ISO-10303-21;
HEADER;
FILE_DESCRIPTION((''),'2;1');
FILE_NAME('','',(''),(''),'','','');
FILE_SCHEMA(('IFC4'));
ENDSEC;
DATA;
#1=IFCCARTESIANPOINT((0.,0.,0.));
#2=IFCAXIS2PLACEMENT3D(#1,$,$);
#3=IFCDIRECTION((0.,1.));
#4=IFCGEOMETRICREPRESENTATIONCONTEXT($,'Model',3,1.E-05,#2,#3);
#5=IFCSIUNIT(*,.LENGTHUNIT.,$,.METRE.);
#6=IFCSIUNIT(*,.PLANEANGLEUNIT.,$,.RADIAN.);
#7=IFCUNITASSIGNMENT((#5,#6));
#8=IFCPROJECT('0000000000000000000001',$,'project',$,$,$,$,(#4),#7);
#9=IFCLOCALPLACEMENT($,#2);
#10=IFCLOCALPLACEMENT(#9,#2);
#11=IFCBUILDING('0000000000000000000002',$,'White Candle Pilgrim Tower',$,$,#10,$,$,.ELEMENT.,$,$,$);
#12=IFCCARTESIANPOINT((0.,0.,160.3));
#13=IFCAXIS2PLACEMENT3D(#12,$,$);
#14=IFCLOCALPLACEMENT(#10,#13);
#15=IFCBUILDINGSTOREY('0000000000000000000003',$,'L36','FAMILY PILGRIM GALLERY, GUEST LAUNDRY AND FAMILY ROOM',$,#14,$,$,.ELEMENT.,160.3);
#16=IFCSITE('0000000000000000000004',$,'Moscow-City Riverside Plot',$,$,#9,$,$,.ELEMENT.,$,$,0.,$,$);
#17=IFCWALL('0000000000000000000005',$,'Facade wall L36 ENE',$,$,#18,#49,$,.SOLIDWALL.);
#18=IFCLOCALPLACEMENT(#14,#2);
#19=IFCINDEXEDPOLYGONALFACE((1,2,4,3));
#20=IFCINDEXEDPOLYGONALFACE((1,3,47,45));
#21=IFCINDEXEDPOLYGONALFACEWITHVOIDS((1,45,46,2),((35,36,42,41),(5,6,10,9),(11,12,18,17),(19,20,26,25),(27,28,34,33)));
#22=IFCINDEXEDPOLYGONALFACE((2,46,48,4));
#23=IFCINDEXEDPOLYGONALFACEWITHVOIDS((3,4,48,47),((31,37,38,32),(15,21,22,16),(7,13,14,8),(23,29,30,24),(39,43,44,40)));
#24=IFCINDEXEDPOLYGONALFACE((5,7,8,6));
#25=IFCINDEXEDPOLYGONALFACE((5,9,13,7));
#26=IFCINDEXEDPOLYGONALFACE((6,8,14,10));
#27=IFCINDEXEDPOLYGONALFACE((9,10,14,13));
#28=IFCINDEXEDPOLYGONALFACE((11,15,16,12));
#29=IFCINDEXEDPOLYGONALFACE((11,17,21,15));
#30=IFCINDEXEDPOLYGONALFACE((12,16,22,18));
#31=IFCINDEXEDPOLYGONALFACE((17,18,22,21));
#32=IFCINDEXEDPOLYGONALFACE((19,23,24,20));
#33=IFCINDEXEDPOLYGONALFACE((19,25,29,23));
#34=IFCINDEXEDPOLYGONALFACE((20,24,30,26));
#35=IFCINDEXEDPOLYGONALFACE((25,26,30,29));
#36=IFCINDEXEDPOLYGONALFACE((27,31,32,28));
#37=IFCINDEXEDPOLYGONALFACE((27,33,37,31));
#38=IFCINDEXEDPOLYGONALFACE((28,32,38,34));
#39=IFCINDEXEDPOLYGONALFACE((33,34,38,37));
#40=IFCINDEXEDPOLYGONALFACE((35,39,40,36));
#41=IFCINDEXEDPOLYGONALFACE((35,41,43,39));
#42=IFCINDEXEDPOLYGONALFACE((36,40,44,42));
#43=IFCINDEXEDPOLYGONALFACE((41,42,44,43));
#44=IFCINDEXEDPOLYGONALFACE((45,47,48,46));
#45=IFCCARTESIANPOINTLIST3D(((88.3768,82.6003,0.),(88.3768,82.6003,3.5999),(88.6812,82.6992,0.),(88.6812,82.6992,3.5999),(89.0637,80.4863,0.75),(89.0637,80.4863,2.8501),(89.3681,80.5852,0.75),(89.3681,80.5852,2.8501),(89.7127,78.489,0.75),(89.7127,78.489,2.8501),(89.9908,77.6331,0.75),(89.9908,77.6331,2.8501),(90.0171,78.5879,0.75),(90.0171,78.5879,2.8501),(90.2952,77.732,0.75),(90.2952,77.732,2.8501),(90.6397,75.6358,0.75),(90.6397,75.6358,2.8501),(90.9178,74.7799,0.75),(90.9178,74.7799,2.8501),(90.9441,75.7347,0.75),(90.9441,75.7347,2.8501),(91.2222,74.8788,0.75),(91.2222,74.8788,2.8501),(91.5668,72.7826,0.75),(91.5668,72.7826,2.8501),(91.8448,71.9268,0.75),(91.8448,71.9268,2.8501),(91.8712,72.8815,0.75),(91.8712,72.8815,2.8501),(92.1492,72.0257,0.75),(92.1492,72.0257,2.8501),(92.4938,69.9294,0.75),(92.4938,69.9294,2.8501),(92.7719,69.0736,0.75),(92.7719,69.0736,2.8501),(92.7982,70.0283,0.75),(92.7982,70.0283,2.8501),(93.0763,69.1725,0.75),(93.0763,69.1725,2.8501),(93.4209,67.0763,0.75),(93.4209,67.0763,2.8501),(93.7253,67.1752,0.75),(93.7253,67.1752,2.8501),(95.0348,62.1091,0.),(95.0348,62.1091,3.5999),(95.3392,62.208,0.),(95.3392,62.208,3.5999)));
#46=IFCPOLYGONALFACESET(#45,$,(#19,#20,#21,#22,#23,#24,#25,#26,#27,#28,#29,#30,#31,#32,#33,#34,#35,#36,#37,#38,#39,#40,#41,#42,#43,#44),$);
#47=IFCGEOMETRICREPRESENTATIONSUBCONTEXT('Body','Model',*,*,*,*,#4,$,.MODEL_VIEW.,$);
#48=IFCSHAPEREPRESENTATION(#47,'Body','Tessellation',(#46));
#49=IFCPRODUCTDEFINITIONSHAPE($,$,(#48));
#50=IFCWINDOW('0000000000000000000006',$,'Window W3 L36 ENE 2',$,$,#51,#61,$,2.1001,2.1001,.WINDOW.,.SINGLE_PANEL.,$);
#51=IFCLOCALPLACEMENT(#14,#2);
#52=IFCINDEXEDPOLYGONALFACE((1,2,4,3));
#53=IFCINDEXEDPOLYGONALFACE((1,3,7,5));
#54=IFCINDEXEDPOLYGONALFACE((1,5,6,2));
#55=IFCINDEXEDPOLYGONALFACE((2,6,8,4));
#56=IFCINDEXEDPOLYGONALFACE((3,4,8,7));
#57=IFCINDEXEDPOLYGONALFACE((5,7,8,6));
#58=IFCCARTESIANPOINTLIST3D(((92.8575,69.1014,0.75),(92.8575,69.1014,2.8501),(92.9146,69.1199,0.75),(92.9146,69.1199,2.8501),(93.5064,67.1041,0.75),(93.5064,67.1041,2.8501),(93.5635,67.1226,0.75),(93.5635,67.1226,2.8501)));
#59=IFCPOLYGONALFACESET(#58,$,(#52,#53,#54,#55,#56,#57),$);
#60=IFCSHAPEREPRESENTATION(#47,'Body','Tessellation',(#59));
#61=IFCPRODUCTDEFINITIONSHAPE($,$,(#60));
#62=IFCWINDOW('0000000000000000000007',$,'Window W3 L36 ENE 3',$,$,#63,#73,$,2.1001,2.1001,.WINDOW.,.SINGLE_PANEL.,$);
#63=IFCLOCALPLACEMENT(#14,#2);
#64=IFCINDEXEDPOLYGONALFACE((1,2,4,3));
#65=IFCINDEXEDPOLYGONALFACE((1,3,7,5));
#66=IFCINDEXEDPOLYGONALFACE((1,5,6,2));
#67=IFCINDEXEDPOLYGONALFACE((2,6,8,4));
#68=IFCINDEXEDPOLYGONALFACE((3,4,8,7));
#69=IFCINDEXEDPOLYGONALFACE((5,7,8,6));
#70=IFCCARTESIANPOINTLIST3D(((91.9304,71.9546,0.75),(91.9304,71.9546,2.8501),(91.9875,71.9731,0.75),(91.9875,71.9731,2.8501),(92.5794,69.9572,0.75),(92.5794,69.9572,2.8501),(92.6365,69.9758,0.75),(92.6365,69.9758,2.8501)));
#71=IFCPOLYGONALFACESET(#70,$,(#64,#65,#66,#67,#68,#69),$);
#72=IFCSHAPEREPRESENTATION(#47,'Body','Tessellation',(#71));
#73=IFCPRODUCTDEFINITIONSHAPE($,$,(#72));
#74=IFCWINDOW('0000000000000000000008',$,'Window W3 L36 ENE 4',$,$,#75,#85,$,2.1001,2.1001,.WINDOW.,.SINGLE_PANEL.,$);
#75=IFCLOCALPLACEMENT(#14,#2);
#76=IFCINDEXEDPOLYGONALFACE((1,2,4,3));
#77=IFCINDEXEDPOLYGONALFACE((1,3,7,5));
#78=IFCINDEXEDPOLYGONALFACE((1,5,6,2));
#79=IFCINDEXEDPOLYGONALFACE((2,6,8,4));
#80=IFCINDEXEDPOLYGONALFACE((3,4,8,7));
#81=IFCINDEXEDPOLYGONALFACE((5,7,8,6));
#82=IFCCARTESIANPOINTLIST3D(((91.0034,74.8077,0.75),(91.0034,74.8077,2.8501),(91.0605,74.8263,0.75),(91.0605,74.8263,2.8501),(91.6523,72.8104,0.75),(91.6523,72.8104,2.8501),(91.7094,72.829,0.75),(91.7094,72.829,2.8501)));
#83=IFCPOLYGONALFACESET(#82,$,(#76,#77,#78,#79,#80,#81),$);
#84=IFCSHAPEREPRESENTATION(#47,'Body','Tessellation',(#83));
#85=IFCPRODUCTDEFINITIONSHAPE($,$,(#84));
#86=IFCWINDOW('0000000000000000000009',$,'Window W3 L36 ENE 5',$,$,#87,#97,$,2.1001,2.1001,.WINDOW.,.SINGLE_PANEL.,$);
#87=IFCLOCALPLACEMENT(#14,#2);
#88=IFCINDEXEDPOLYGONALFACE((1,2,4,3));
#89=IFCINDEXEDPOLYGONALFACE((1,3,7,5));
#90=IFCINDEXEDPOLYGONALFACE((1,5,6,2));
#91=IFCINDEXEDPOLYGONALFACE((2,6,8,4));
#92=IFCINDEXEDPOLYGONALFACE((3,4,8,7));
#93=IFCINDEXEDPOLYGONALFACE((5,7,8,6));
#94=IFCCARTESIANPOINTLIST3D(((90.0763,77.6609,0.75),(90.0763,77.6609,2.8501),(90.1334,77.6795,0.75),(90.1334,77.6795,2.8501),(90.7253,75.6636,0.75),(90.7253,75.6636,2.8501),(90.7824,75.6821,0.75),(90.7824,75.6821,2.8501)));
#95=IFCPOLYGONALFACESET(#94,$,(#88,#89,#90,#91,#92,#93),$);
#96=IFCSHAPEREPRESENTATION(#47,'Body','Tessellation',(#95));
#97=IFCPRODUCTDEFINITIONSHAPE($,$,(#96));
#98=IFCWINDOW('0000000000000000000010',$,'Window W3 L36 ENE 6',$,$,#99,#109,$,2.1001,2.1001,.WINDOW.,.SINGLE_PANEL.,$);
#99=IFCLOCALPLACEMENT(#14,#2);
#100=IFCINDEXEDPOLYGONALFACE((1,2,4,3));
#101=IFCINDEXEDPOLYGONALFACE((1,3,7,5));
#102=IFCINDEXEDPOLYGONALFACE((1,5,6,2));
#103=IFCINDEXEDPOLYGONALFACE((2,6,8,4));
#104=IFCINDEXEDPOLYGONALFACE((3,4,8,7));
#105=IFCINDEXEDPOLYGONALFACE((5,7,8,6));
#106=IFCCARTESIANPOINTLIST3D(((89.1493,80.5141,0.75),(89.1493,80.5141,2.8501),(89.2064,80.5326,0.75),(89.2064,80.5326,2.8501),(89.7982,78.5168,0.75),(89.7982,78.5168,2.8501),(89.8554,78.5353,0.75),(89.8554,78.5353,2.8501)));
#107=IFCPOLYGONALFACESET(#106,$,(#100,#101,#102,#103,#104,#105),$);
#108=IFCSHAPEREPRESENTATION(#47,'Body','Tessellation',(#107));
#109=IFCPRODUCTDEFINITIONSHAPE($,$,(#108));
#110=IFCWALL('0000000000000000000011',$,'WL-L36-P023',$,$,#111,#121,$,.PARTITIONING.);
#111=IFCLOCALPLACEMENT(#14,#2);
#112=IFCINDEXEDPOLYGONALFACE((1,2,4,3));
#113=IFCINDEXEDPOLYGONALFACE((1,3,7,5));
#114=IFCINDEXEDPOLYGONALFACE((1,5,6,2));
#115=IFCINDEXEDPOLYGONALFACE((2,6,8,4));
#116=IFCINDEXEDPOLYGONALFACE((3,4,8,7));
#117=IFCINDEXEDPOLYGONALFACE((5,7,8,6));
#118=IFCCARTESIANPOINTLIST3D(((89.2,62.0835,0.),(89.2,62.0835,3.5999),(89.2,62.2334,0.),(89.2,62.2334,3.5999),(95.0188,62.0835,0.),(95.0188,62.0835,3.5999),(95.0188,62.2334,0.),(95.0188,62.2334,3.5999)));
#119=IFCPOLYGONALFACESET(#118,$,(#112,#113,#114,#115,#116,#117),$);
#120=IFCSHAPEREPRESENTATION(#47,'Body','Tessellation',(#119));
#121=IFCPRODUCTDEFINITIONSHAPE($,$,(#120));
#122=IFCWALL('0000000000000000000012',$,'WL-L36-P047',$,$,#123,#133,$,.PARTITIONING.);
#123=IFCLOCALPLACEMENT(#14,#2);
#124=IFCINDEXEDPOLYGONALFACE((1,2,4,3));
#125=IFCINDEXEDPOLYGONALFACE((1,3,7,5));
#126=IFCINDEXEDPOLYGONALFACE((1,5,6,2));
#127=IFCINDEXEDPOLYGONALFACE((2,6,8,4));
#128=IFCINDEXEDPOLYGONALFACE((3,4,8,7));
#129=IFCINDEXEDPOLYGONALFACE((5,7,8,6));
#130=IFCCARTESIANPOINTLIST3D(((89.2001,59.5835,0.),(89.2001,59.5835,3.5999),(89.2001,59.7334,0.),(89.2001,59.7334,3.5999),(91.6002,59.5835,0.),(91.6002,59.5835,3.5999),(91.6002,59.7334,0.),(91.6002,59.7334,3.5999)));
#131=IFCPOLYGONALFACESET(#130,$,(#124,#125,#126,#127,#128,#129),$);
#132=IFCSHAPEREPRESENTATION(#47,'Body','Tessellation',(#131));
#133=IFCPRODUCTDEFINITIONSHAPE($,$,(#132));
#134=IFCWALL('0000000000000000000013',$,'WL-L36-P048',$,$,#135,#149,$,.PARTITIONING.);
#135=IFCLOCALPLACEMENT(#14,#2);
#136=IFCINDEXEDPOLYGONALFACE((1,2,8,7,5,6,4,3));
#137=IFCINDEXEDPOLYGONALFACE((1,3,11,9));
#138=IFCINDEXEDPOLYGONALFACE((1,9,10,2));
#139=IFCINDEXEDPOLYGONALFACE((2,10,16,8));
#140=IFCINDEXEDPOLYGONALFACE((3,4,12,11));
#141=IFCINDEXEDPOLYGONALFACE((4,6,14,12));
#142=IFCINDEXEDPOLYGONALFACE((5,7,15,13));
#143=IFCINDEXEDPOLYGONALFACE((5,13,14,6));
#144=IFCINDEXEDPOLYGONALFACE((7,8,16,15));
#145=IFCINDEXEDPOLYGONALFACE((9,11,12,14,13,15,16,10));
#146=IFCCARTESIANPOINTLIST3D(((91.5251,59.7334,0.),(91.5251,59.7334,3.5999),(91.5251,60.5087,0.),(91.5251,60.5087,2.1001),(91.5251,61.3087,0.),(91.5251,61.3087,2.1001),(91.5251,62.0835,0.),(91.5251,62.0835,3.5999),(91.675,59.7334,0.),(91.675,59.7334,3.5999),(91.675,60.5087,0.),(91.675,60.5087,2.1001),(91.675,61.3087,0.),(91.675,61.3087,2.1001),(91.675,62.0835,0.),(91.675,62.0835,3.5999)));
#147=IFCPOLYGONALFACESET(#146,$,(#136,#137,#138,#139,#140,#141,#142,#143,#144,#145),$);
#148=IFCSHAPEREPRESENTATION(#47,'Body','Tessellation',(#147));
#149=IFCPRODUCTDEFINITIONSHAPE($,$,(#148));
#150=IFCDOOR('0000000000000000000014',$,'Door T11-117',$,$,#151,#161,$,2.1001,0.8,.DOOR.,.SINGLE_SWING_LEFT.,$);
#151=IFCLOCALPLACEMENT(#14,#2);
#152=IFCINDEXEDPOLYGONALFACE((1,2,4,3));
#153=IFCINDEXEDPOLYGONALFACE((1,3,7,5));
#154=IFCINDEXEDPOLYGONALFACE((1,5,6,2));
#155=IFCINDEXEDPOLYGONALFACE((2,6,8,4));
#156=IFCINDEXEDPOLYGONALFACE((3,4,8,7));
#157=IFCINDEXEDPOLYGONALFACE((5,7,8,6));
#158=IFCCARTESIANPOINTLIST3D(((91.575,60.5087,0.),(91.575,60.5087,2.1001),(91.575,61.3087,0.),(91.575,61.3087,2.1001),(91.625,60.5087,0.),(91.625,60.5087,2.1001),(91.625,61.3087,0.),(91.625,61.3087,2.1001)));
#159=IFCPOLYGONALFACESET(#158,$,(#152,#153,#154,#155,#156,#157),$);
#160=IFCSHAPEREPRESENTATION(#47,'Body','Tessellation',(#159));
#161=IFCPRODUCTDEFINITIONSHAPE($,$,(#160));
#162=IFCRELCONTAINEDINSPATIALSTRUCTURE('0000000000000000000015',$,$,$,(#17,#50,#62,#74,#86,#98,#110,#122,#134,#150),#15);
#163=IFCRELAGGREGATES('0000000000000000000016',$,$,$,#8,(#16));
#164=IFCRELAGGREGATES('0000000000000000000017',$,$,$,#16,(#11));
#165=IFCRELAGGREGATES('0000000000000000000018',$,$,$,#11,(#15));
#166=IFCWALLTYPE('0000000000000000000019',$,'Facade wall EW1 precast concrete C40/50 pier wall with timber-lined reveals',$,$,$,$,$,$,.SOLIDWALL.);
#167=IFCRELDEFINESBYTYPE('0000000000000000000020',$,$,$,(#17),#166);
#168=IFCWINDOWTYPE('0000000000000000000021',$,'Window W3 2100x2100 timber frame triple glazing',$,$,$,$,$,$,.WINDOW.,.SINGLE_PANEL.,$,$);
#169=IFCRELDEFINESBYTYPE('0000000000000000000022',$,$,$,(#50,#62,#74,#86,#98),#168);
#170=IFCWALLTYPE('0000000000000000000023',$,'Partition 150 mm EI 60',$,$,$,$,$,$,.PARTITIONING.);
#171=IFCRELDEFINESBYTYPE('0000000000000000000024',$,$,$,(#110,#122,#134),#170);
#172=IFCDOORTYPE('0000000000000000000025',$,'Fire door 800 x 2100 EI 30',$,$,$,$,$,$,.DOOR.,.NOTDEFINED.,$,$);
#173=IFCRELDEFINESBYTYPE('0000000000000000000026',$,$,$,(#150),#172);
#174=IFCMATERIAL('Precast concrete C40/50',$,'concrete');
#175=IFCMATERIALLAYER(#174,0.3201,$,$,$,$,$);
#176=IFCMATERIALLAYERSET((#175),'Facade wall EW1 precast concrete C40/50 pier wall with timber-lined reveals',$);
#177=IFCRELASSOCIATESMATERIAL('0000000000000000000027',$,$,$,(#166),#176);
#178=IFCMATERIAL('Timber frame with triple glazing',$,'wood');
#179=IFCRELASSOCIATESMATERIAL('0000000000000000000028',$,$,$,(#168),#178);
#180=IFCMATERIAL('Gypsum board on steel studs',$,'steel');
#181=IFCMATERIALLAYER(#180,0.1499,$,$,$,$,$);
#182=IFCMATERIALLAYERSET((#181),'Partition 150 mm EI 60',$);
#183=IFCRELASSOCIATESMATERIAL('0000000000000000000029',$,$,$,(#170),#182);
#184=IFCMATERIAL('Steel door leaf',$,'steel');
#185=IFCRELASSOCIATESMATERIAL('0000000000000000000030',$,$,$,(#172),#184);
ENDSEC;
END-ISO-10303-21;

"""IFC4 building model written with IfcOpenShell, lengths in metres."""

from ifc_helpers import new_model, si_unit, direction, frame, frame_2d, origin, place, context, subcontext, project, spatial, rectangle, extrude, material, layer, layer_set, type_object, element, fill, save


model = new_model("IFC4")

# Units and contexts
model_context = context("Model", 3, precision=1e-05, world=origin(), true_north=direction((0.0, 1.0)))
body_context = subcontext(model_context, "Body", "Model", "MODEL_VIEW")
ifc_project = project(units=[si_unit("LENGTHUNIT", "METRE"), si_unit("PLANEANGLEUNIT", "RADIAN")], contexts=[model_context])

# Site, building, storey
site_placement = place(None, origin())
site = spatial("IfcSite", under=ifc_project, at=site_placement, Name="Moscow-City Riverside Plot", CompositionType="ELEMENT", RefElevation=0.0)
building_placement = place(site_placement, origin())
building = spatial("IfcBuilding", under=site, at=building_placement, Name="White Candle Pilgrim Tower", CompositionType="ELEMENT")
storey_placement = place(building_placement, frame((0.0, 0.0, 160.3)))
storey = spatial("IfcBuildingStorey", under=building, at=storey_placement, Name="L36", Description="FAMILY PILGRIM GALLERY, GUEST LAUNDRY AND FAMILY ROOM", CompositionType="ELEMENT", Elevation=160.3)

# Shared definitions
ifc_material_1 = material(Name="Gypsum board on steel studs", Category="steel")
ifc_material_2 = material(Name="Steel door leaf", Category="steel")

# Wall, openings, windows
ifc_material_3 = material(Name="Precast concrete C40/50", Category="concrete")
ifc_layer_1 = layer(ifc_material_3, 0.3201)
ifc_layer_set_1 = layer_set([ifc_layer_1], Name="Facade wall EW1 precast concrete C40/50 pier wall with timber-lined reveals")
wall_type_1 = type_object("IfcWallType", Name="Facade wall EW1 precast concrete C40/50 pier wall with timber-lined reveals", PredefinedType="SOLIDWALL", material=ifc_layer_set_1)
wall_1_placement = place(storey_placement, frame((95.187, 62.1584, 0.0), z_axis=(0.0, 0.0, 1.0), x_axis=(-0.309015, 0.951057, 0.0)))
wall_1 = element("IfcWall", 1, at=wall_1_placement, inside=storey, type_object=wall_type_1, Name="Facade wall L36 ENE", PredefinedType="SOLIDWALL", context=body_context, shape_type="SweptSolid", body=[
    extrude(rectangle(XDim=21.5457, YDim=0.3201, at=frame_2d((10.7729, 0.0))), origin(), (0.0, 0.0, 1.0), 3.5999),
])
opening_1_placement = place(wall_1_placement, frame((5.2229, 0.0, 0.75)))
opening_1 = element("IfcOpeningElement", 2, at=opening_1_placement, cuts=wall_1, PredefinedType="OPENING", context=body_context, shape_type="SweptSolid", body=[
    extrude(rectangle(XDim=2.1001, YDim=2.1001, at=frame_2d((1.05, 1.05))), frame((0.0, 0.1699, 0.0), z_axis=(0.0, -1.0, 0.0), x_axis=(1.0, 0.0, 0.0)), (0.0, 0.0, 1.0), 0.3401),
])
opening_2_placement = place(wall_1_placement, frame((8.2229, 0.0, 0.75)))
opening_2 = element("IfcOpeningElement", 3, at=opening_2_placement, cuts=wall_1, PredefinedType="OPENING", context=body_context, shape_type="SweptSolid", body=[
    extrude(rectangle(XDim=2.1001, YDim=2.1001, at=frame_2d((1.05, 1.05))), frame((0.0, 0.1699, 0.0), z_axis=(0.0, -1.0, 0.0), x_axis=(1.0, 0.0, 0.0)), (0.0, 0.0, 1.0), 0.3401),
])
opening_3_placement = place(wall_1_placement, frame((11.2229, 0.0, 0.75)))
opening_3 = element("IfcOpeningElement", 4, at=opening_3_placement, cuts=wall_1, PredefinedType="OPENING", context=body_context, shape_type="SweptSolid", body=[
    extrude(rectangle(XDim=2.1001, YDim=2.1001, at=frame_2d((1.05, 1.05))), frame((0.0, 0.1699, 0.0), z_axis=(0.0, -1.0, 0.0), x_axis=(1.0, 0.0, 0.0)), (0.0, 0.0, 1.0), 0.3401),
])
opening_4_placement = place(wall_1_placement, frame((14.2229, 0.0, 0.75)))
opening_4 = element("IfcOpeningElement", 5, at=opening_4_placement, cuts=wall_1, PredefinedType="OPENING", context=body_context, shape_type="SweptSolid", body=[
    extrude(rectangle(XDim=2.1001, YDim=2.1001, at=frame_2d((1.05, 1.05))), frame((0.0, 0.1699, 0.0), z_axis=(0.0, -1.0, 0.0), x_axis=(1.0, 0.0, 0.0)), (0.0, 0.0, 1.0), 0.3401),
])
opening_5_placement = place(wall_1_placement, frame((17.2229, 0.0, 0.75)))
opening_5 = element("IfcOpeningElement", 6, at=opening_5_placement, cuts=wall_1, PredefinedType="OPENING", context=body_context, shape_type="SweptSolid", body=[
    extrude(rectangle(XDim=2.1001, YDim=2.1001, at=frame_2d((1.05, 1.05))), frame((0.0, 0.1699, 0.0), z_axis=(0.0, -1.0, 0.0), x_axis=(1.0, 0.0, 0.0)), (0.0, 0.0, 1.0), 0.3401),
])
ifc_material_4 = material(Name="Timber frame with triple glazing", Category="wood")
window_type = type_object("IfcWindowType", Name="Window W3 2100x2100 timber frame triple glazing", PartitioningType="SINGLE_PANEL", PredefinedType="WINDOW", material=ifc_material_4)
window_1_placement = place(opening_1_placement, origin())
window_1 = element("IfcWindow", 7, at=window_1_placement, inside=storey, type_object=window_type, Name="Window W3 L36 ENE 2", OverallHeight=2.1001, OverallWidth=2.1001, PartitioningType="SINGLE_PANEL", PredefinedType="WINDOW", context=body_context, shape_type="SweptSolid", body=[
    extrude(rectangle(XDim=2.1001, YDim=2.1001, at=frame_2d((1.05, 1.05))), frame((0.0, 0.0701, 0.0), z_axis=(0.0, -1.0, 0.0), x_axis=(1.0, 0.0, 0.0)), (0.0, 0.0, 1.0), 0.0601),
])
fill(opening_1, window_1)
window_2_placement = place(opening_2_placement, origin())
window_2 = element("IfcWindow", 8, at=window_2_placement, inside=storey, type_object=window_type, Name="Window W3 L36 ENE 3", OverallHeight=2.1001, OverallWidth=2.1001, PartitioningType="SINGLE_PANEL", PredefinedType="WINDOW", context=body_context, shape_type="SweptSolid", body=[
    extrude(rectangle(XDim=2.1001, YDim=2.1001, at=frame_2d((1.05, 1.05))), frame((0.0, 0.0701, 0.0), z_axis=(0.0, -1.0, 0.0), x_axis=(1.0, 0.0, 0.0)), (0.0, 0.0, 1.0), 0.0601),
])
fill(opening_2, window_2)
window_3_placement = place(opening_3_placement, origin())
window_3 = element("IfcWindow", 9, at=window_3_placement, inside=storey, type_object=window_type, Name="Window W3 L36 ENE 4", OverallHeight=2.1001, OverallWidth=2.1001, PartitioningType="SINGLE_PANEL", PredefinedType="WINDOW", context=body_context, shape_type="SweptSolid", body=[
    extrude(rectangle(XDim=2.1001, YDim=2.1001, at=frame_2d((1.05, 1.05))), frame((0.0, 0.0701, 0.0), z_axis=(0.0, -1.0, 0.0), x_axis=(1.0, 0.0, 0.0)), (0.0, 0.0, 1.0), 0.0601),
])
fill(opening_3, window_3)
window_4_placement = place(opening_4_placement, origin())
window_4 = element("IfcWindow", 10, at=window_4_placement, inside=storey, type_object=window_type, Name="Window W3 L36 ENE 5", OverallHeight=2.1001, OverallWidth=2.1001, PartitioningType="SINGLE_PANEL", PredefinedType="WINDOW", context=body_context, shape_type="SweptSolid", body=[
    extrude(rectangle(XDim=2.1001, YDim=2.1001, at=frame_2d((1.05, 1.05))), frame((0.0, 0.0701, 0.0), z_axis=(0.0, -1.0, 0.0), x_axis=(1.0, 0.0, 0.0)), (0.0, 0.0, 1.0), 0.0601),
])
fill(opening_4, window_4)
window_5_placement = place(opening_5_placement, origin())
window_5 = element("IfcWindow", 11, at=window_5_placement, inside=storey, type_object=window_type, Name="Window W3 L36 ENE 6", OverallHeight=2.1001, OverallWidth=2.1001, PartitioningType="SINGLE_PANEL", PredefinedType="WINDOW", context=body_context, shape_type="SweptSolid", body=[
    extrude(rectangle(XDim=2.1001, YDim=2.1001, at=frame_2d((1.05, 1.05))), frame((0.0, 0.0701, 0.0), z_axis=(0.0, -1.0, 0.0), x_axis=(1.0, 0.0, 0.0)), (0.0, 0.0, 1.0), 0.0601),
])
fill(opening_5, window_5)

# Walls
ifc_layer_2 = layer(ifc_material_1, 0.1499)
ifc_layer_set_2 = layer_set([ifc_layer_2], Name="Partition 150 mm EI 60")
wall_type_2 = type_object("IfcWallType", Name="Partition 150 mm EI 60", PredefinedType="PARTITIONING", material=ifc_layer_set_2)
wall_2_placement = place(storey_placement, frame((95.0188, 62.1584, 0.0), z_axis=(0.0, 0.0, 1.0), x_axis=(-1.0, 0.0, 0.0)))
element("IfcWall", 12, at=wall_2_placement, inside=storey, type_object=wall_type_2, Name="WL-L36-P023", PredefinedType="PARTITIONING", context=body_context, shape_type="SweptSolid", body=[
    extrude(rectangle(XDim=5.8188, YDim=0.1499, at=frame_2d((2.9094, 0.0))), origin(), (0.0, 0.0, 1.0), 3.5999),
])
wall_3_placement = place(storey_placement, frame((89.2, 59.6584, 0.0), z_axis=(0.0, 0.0, 1.0), x_axis=(1.0, 0.0, 0.0)))
element("IfcWall", 13, at=wall_3_placement, inside=storey, type_object=wall_type_2, Name="WL-L36-P047", PredefinedType="PARTITIONING", context=body_context, shape_type="SweptSolid", body=[
    extrude(rectangle(XDim=2.4001, YDim=0.1499, at=frame_2d((1.2002, 0.0))), origin(), (0.0, 0.0, 1.0), 3.5999),
])

# Wall, opening, door
wall_4_placement = place(storey_placement, frame((91.6001, 62.0835, 0.0), z_axis=(0.0, 0.0, 1.0), x_axis=(0.0, -1.0, 0.0)))
wall_4 = element("IfcWall", 14, at=wall_4_placement, inside=storey, type_object=wall_type_2, Name="WL-L36-P048", PredefinedType="PARTITIONING", context=body_context, shape_type="SweptSolid", body=[
    extrude(rectangle(XDim=2.3501, YDim=0.1499, at=frame_2d((1.175, 0.0))), origin(), (0.0, 0.0, 1.0), 3.5999),
])
opening_6_placement = place(wall_4_placement, frame((0.7749, 0.0, 0.0)))
opening_6 = element("IfcOpeningElement", 15, at=opening_6_placement, cuts=wall_4, PredefinedType="OPENING", context=body_context, shape_type="SweptSolid", body=[
    extrude(rectangle(XDim=0.8, YDim=2.1001, at=frame_2d((0.3999, 1.05))), frame((0.0, 0.085, 0.0), z_axis=(0.0, -1.0, 0.0), x_axis=(1.0, 0.0, 0.0)), (0.0, 0.0, 1.0), 0.1699),
])
door_type_1 = type_object("IfcDoorType", Name="Fire door 800 x 2100 EI 30", OperationType="NOTDEFINED", PredefinedType="DOOR", material=ifc_material_2)
door_1_placement = place(opening_6_placement, origin())
door_1 = element("IfcDoor", 16, at=door_1_placement, inside=storey, type_object=door_type_1, Name="Door T11-117", OperationType="SINGLE_SWING_LEFT", OverallHeight=2.1001, OverallWidth=0.8, PredefinedType="DOOR", context=body_context, shape_type="SweptSolid", body=[
    extrude(rectangle(XDim=0.8, YDim=2.1001, at=frame_2d((0.3999, 1.05))), frame((0.0, 0.0249, 0.0), z_axis=(0.0, -1.0, 0.0), x_axis=(1.0, 0.0, 0.0)), (0.0, 0.0, 1.0), 0.05),
])
fill(opening_6, door_1)

save(model, "model.ifc")
